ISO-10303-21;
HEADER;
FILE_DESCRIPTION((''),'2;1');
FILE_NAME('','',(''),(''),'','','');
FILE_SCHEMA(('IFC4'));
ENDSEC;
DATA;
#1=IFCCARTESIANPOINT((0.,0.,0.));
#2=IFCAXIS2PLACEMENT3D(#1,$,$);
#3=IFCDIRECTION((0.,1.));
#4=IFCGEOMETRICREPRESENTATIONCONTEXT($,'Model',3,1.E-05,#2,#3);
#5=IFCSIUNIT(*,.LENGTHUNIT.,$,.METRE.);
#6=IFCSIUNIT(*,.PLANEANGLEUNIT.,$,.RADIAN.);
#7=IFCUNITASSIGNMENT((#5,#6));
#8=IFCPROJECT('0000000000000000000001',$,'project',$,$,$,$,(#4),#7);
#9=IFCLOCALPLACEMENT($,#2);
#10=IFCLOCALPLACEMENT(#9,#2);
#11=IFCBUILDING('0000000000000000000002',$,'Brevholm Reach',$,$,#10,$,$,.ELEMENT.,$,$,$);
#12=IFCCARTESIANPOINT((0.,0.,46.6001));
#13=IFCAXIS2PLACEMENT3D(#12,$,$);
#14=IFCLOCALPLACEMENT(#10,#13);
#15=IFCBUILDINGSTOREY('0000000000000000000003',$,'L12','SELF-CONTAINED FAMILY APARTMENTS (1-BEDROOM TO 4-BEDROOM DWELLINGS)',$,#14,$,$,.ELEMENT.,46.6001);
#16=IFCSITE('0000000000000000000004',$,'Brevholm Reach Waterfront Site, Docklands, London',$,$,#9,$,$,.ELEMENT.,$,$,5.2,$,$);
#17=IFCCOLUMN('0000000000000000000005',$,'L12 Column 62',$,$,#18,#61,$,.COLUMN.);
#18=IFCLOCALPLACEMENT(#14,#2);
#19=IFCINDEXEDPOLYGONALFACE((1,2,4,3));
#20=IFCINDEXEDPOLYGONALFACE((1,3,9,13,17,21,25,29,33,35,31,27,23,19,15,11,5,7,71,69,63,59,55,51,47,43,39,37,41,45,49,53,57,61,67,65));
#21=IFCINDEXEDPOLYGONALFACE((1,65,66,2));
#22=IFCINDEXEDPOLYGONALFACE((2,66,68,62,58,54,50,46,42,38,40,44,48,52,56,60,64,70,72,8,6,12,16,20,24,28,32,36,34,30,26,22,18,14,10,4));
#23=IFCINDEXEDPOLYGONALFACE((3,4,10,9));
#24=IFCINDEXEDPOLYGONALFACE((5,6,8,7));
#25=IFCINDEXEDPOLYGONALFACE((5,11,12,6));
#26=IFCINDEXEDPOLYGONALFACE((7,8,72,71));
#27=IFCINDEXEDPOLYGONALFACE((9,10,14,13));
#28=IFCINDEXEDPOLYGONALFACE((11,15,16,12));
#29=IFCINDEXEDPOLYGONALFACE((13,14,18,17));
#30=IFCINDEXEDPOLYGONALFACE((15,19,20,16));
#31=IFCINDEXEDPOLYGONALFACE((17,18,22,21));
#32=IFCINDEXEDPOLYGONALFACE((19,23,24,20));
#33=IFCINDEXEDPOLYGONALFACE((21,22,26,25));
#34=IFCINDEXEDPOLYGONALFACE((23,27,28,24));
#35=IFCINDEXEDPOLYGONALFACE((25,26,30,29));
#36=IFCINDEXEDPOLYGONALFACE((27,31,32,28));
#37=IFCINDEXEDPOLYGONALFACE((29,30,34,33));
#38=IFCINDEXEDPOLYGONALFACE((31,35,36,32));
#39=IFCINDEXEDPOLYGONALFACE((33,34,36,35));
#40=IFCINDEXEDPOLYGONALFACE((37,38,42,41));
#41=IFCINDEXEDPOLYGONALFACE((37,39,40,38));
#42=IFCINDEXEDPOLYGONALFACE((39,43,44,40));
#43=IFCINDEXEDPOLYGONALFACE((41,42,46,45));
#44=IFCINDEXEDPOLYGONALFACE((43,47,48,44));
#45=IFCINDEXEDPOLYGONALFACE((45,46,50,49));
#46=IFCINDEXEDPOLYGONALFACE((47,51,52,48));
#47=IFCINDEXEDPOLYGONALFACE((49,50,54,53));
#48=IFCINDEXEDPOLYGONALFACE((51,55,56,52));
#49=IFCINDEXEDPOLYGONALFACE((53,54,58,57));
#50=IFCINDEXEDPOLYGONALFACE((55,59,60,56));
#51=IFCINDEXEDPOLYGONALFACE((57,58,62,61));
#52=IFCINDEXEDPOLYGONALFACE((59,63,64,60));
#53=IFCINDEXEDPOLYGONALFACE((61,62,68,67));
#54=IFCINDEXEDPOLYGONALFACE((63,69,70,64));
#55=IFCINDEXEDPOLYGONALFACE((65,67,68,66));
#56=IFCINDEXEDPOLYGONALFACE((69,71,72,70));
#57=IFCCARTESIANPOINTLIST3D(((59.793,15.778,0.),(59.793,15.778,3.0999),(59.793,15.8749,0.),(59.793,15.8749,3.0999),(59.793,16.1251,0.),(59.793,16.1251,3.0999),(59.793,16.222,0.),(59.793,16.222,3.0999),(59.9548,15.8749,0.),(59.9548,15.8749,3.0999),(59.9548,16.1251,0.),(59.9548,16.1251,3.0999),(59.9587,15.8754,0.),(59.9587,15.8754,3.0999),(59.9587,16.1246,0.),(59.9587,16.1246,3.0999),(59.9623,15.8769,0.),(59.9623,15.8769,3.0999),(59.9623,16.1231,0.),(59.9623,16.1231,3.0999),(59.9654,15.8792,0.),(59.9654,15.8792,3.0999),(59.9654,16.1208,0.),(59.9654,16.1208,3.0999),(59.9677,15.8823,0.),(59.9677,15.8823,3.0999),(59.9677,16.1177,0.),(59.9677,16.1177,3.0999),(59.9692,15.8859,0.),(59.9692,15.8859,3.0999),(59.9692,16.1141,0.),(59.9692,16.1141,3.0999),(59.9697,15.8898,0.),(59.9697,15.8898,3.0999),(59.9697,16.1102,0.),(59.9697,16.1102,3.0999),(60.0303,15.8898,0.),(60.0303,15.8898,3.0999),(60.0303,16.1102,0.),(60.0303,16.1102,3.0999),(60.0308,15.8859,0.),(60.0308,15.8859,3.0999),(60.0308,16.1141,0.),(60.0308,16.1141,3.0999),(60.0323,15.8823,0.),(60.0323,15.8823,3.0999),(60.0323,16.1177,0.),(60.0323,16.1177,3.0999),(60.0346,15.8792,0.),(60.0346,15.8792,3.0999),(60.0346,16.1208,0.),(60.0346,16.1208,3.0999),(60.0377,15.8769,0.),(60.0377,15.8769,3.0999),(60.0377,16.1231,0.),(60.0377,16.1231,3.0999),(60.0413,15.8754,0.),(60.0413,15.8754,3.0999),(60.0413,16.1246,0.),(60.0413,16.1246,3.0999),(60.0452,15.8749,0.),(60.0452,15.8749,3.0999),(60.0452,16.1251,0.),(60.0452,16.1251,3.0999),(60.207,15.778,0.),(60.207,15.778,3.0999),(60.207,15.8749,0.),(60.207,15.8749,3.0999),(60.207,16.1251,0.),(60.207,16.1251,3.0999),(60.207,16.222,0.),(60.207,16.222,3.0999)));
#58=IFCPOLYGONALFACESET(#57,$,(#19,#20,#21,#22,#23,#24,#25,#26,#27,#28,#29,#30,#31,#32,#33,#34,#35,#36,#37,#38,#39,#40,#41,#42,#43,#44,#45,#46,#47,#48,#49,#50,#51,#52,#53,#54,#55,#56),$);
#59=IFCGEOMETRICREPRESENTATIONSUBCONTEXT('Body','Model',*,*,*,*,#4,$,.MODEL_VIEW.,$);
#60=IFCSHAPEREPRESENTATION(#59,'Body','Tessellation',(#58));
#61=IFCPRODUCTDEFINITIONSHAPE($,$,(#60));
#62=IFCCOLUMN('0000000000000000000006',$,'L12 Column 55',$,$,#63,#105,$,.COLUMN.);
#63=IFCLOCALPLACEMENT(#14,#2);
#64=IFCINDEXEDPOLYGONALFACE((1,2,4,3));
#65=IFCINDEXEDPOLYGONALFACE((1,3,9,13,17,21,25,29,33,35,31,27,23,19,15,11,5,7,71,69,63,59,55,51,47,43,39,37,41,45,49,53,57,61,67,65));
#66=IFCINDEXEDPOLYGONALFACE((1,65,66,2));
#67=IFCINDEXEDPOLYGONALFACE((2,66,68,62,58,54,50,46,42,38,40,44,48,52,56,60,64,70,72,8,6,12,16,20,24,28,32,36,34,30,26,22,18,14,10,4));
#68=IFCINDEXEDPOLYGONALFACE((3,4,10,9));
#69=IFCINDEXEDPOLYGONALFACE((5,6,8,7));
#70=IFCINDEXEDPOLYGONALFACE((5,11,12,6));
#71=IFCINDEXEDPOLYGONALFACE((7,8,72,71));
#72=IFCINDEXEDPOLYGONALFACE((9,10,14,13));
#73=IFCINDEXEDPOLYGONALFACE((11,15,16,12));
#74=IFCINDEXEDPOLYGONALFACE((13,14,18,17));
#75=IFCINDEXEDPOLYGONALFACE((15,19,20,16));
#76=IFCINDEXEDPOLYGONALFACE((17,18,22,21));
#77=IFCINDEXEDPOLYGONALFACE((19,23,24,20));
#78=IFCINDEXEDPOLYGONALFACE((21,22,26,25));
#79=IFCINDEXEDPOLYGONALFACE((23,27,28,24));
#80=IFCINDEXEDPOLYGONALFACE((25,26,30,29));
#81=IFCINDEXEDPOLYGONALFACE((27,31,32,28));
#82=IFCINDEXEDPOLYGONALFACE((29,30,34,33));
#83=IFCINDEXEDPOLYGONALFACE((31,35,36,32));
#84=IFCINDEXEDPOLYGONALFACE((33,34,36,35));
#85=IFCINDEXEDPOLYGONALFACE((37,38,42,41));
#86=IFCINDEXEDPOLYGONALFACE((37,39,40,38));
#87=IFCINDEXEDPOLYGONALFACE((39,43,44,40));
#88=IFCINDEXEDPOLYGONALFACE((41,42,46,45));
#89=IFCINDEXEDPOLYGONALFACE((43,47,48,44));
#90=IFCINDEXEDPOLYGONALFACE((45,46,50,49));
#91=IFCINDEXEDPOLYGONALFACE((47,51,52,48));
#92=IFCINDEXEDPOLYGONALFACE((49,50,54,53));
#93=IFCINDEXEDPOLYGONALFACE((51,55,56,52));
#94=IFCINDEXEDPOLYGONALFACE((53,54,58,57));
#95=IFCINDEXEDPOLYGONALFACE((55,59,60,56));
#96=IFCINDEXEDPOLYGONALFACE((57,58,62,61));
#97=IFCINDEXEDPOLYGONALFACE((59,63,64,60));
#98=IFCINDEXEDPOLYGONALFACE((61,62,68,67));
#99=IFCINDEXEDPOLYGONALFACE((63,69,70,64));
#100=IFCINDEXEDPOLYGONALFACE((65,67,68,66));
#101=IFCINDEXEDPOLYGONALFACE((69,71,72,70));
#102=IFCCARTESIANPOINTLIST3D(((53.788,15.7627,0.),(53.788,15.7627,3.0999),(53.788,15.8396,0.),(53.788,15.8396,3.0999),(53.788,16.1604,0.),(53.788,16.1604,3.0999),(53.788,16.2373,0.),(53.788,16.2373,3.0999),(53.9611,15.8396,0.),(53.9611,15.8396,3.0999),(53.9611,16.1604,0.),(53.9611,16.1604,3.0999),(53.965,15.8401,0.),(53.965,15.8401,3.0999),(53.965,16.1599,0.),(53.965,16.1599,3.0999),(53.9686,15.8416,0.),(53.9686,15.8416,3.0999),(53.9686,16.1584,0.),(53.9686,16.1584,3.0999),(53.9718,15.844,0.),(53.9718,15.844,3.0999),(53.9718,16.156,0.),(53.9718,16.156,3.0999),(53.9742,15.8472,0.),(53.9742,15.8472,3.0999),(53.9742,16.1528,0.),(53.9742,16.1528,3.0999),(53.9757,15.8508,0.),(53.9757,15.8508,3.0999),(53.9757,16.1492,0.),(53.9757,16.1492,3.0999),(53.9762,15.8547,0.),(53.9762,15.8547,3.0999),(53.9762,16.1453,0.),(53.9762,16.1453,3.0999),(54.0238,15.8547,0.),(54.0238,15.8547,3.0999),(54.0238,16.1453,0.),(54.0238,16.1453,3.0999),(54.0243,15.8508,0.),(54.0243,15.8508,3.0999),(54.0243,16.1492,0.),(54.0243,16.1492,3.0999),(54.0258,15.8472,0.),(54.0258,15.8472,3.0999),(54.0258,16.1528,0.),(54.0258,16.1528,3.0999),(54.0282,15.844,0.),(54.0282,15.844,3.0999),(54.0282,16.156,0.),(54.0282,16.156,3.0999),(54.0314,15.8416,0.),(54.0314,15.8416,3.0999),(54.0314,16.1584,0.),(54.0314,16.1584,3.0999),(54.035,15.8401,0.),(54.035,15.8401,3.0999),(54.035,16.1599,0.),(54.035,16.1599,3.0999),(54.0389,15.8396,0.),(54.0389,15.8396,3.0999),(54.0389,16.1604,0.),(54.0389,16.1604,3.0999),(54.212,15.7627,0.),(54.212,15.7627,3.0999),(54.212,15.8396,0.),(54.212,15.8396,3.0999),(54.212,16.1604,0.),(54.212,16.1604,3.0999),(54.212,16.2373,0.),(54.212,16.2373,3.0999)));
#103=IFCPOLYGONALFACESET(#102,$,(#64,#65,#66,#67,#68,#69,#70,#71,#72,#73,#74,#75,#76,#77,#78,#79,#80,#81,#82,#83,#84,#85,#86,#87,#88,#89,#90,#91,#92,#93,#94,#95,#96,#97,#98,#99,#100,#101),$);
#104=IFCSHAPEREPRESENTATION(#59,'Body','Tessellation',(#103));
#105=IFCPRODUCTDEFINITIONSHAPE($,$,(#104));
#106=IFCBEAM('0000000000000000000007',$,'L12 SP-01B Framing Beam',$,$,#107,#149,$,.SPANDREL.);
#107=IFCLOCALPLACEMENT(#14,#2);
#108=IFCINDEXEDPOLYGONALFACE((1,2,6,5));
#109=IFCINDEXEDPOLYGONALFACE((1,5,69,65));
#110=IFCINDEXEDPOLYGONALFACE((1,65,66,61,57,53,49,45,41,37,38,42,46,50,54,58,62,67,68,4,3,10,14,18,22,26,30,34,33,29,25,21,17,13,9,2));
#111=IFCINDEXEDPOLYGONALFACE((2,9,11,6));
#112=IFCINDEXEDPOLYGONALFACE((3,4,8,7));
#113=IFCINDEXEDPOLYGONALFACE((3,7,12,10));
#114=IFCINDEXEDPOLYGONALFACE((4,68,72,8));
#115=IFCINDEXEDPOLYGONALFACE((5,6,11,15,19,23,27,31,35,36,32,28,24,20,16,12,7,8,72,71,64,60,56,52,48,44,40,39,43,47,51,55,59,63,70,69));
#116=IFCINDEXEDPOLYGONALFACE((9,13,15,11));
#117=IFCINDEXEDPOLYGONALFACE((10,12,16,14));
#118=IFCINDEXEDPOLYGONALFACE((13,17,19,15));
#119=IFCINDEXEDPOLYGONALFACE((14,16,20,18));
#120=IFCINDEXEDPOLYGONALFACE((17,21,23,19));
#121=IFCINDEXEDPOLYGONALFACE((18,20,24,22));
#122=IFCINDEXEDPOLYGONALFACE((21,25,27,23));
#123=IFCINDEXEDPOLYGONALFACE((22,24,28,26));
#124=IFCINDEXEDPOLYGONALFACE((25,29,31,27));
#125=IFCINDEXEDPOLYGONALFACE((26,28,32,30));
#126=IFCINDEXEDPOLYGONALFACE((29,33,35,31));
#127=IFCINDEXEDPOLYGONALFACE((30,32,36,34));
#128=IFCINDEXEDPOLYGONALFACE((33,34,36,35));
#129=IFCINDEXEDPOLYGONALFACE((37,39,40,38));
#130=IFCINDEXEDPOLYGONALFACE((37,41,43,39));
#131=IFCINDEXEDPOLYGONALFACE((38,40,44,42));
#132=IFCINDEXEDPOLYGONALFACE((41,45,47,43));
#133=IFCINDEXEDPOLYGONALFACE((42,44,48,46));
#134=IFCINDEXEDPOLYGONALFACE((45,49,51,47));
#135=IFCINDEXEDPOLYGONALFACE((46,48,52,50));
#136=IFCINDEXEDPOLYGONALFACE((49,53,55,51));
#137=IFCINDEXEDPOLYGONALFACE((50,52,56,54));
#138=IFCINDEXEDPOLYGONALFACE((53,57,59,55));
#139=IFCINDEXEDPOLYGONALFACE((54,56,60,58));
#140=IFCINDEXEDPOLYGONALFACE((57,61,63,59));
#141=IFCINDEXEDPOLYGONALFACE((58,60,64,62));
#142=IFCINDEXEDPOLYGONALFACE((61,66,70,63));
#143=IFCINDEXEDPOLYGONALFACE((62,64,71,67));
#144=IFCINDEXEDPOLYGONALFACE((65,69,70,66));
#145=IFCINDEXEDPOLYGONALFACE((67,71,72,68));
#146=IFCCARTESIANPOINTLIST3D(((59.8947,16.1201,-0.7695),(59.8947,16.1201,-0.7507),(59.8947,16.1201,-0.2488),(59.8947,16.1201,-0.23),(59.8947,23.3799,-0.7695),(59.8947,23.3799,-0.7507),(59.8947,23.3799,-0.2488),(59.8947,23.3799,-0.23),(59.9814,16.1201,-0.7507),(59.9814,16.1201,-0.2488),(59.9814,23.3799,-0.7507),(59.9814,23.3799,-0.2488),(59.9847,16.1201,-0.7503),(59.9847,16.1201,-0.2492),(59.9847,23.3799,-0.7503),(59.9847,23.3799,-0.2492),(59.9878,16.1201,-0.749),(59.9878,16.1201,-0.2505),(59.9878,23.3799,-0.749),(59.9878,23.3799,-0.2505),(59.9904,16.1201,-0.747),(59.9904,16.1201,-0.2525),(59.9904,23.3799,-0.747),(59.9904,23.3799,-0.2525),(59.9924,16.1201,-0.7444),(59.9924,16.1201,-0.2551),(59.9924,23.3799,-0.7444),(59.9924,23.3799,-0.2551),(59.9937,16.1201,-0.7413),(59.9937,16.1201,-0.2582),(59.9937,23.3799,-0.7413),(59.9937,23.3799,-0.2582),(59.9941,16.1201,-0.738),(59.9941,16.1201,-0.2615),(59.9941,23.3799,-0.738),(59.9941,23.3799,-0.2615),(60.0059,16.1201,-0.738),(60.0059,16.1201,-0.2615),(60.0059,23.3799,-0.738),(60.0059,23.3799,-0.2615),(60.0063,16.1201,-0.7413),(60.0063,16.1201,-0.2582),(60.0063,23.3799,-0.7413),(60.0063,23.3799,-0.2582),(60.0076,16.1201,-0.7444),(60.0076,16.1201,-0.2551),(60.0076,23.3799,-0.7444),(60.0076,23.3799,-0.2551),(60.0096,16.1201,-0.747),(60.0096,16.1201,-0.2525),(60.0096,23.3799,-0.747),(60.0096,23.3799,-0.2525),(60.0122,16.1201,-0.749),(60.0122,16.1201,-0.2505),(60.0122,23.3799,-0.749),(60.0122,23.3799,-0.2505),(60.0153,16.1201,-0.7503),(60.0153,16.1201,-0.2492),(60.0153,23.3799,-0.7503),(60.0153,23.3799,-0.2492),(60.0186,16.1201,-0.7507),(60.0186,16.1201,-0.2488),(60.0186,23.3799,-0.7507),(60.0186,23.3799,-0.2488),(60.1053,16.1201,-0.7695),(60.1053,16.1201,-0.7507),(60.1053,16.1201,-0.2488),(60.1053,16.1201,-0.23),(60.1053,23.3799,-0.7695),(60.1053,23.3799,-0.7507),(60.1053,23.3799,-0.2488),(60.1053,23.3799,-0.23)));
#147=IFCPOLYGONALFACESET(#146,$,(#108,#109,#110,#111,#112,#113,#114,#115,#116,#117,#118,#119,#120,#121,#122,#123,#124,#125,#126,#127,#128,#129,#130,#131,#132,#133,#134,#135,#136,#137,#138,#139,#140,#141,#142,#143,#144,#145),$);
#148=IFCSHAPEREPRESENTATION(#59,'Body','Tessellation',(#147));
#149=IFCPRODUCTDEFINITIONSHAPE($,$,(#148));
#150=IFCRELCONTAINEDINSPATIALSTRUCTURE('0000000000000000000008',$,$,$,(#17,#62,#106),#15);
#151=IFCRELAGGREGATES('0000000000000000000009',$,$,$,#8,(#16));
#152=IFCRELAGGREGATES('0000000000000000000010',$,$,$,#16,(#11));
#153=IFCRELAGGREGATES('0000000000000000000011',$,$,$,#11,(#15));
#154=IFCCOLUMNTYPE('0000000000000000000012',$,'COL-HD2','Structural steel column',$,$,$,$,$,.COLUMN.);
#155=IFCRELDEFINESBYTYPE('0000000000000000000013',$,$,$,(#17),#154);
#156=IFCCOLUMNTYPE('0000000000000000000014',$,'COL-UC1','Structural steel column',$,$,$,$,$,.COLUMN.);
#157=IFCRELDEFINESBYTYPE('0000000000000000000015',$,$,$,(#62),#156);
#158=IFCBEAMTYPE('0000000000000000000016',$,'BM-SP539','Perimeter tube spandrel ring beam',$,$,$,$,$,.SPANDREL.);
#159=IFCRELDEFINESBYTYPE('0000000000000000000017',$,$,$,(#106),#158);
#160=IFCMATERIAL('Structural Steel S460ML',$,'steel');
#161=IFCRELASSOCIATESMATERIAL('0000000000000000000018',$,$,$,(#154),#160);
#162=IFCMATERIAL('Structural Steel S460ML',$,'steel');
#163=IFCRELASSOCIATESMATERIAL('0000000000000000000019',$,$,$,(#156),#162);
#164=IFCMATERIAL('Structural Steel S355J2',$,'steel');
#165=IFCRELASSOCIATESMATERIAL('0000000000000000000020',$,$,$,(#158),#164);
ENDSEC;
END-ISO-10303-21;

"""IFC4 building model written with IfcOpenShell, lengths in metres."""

from ifc_helpers import new_model, si_unit, direction, frame, origin, origin_2d, place, context, subcontext, project, spatial, i_section, extrude, material, material_profile, profile_set, type_object, element, save


model = new_model("IFC4")

# Units and contexts
model_context = context("Model", 3, precision=1e-05, world=origin(), true_north=direction((0.0, 1.0)))
body_context = subcontext(model_context, "Body", "Model", "MODEL_VIEW")
ifc_project = project(units=[si_unit("LENGTHUNIT", "METRE"), si_unit("PLANEANGLEUNIT", "RADIAN")], contexts=[model_context])

# Site, building, storey
site_placement = place(None, origin())
site = spatial("IfcSite", under=ifc_project, at=site_placement, Name="Brevholm Reach Waterfront Site, Docklands, London", CompositionType="ELEMENT", RefElevation=5.2)
building_placement = place(site_placement, origin())
building = spatial("IfcBuilding", under=site, at=building_placement, Name="Brevholm Reach", CompositionType="ELEMENT")
storey_placement = place(building_placement, frame((0.0, 0.0, 46.6001)))
storey = spatial("IfcBuildingStorey", under=building, at=storey_placement, Name="L12", Description="SELF-CONTAINED FAMILY APARTMENTS (1-BEDROOM TO 4-BEDROOM DWELLINGS)", CompositionType="ELEMENT", Elevation=46.6001)

# Columns
ifc_material_1 = material(Name="Structural Steel S460ML", Category="steel")
ifc_material_profile_1 = material_profile(ifc_material_1, i_section(OverallWidth=0.4141, OverallDepth=0.4441, WebThickness=0.0605, FlangeThickness=0.0969, FilletRadius=0.0149, at=origin_2d()), Name="HD 400x818")
ifc_profile_set_1 = profile_set([ifc_material_profile_1], Name="Structural Steel S460ML")
column_type_1 = type_object("IfcColumnType", Name="COL-HD2", Description="Structural steel column", PredefinedType="COLUMN", material=ifc_profile_set_1)
column_1_placement = place(storey_placement, frame((60.0, 16.0, 0.0), z_axis=(0.0, 0.0, 1.0), x_axis=(1.0, 0.0, 0.0)))
element("IfcColumn", 1, at=column_1_placement, inside=storey, type_object=column_type_1, Name="L12 Column 62", PredefinedType="COLUMN", context=body_context, shape_type="SweptSolid", body=[
    extrude(i_section(OverallWidth=0.4141, OverallDepth=0.4441, WebThickness=0.0605, FlangeThickness=0.0969, FilletRadius=0.0149, at=origin_2d()), origin(), (0.0, 0.0, 1.0), 3.0999),
])
ifc_material_2 = material(Name="Structural Steel S460ML", Category="steel")
ifc_material_profile_2 = material_profile(ifc_material_2, i_section(OverallWidth=0.4241, OverallDepth=0.4746, WebThickness=0.0476, FlangeThickness=0.0769, FilletRadius=0.0151, at=origin_2d()), Name="UKC 356x406x634")
ifc_profile_set_2 = profile_set([ifc_material_profile_2], Name="Structural Steel S460ML")
column_type_2 = type_object("IfcColumnType", Name="COL-UC1", Description="Structural steel column", PredefinedType="COLUMN", material=ifc_profile_set_2)
column_2_placement = place(storey_placement, frame((54.0, 16.0, 0.0), z_axis=(0.0, 0.0, 1.0), x_axis=(1.0, 0.0, 0.0)))
element("IfcColumn", 2, at=column_2_placement, inside=storey, type_object=column_type_2, Name="L12 Column 55", PredefinedType="COLUMN", context=body_context, shape_type="SweptSolid", body=[
    extrude(i_section(OverallWidth=0.4241, OverallDepth=0.4746, WebThickness=0.0476, FlangeThickness=0.0769, FilletRadius=0.0151, at=origin_2d()), origin(), (0.0, 0.0, 1.0), 3.0999),
])

# Beam
ifc_material_3 = material(Name="Structural Steel S355J2", Category="steel")
ifc_material_profile_3 = material_profile(ifc_material_3, i_section(OverallWidth=0.2107, OverallDepth=0.5396, WebThickness=0.0117, FlangeThickness=0.0188, FilletRadius=0.0127, at=origin_2d()), Name="UKB 533x210x109")
ifc_profile_set_3 = profile_set([ifc_material_profile_3], Name="Structural Steel S355J2")
beam_type_1 = type_object("IfcBeamType", Name="BM-SP539", Description="Perimeter tube spandrel ring beam", PredefinedType="SPANDREL", material=ifc_profile_set_3)
beam_1_placement = place(storey_placement, frame((60.0, 16.1201, -0.4998), z_axis=(0.0, 1.0, 0.0), x_axis=(-1.0, 0.0, 0.0)))
element("IfcBeam", 3, at=beam_1_placement, inside=storey, type_object=beam_type_1, Name="L12 SP-01B Framing Beam", PredefinedType="SPANDREL", context=body_context, shape_type="SweptSolid", body=[
    extrude(i_section(OverallWidth=0.2107, OverallDepth=0.5396, WebThickness=0.0117, FlangeThickness=0.0188, FilletRadius=0.0127, at=origin_2d()), origin(), (0.0, 0.0, 1.0), 7.2598),
])

save(model, "model.ifc")
